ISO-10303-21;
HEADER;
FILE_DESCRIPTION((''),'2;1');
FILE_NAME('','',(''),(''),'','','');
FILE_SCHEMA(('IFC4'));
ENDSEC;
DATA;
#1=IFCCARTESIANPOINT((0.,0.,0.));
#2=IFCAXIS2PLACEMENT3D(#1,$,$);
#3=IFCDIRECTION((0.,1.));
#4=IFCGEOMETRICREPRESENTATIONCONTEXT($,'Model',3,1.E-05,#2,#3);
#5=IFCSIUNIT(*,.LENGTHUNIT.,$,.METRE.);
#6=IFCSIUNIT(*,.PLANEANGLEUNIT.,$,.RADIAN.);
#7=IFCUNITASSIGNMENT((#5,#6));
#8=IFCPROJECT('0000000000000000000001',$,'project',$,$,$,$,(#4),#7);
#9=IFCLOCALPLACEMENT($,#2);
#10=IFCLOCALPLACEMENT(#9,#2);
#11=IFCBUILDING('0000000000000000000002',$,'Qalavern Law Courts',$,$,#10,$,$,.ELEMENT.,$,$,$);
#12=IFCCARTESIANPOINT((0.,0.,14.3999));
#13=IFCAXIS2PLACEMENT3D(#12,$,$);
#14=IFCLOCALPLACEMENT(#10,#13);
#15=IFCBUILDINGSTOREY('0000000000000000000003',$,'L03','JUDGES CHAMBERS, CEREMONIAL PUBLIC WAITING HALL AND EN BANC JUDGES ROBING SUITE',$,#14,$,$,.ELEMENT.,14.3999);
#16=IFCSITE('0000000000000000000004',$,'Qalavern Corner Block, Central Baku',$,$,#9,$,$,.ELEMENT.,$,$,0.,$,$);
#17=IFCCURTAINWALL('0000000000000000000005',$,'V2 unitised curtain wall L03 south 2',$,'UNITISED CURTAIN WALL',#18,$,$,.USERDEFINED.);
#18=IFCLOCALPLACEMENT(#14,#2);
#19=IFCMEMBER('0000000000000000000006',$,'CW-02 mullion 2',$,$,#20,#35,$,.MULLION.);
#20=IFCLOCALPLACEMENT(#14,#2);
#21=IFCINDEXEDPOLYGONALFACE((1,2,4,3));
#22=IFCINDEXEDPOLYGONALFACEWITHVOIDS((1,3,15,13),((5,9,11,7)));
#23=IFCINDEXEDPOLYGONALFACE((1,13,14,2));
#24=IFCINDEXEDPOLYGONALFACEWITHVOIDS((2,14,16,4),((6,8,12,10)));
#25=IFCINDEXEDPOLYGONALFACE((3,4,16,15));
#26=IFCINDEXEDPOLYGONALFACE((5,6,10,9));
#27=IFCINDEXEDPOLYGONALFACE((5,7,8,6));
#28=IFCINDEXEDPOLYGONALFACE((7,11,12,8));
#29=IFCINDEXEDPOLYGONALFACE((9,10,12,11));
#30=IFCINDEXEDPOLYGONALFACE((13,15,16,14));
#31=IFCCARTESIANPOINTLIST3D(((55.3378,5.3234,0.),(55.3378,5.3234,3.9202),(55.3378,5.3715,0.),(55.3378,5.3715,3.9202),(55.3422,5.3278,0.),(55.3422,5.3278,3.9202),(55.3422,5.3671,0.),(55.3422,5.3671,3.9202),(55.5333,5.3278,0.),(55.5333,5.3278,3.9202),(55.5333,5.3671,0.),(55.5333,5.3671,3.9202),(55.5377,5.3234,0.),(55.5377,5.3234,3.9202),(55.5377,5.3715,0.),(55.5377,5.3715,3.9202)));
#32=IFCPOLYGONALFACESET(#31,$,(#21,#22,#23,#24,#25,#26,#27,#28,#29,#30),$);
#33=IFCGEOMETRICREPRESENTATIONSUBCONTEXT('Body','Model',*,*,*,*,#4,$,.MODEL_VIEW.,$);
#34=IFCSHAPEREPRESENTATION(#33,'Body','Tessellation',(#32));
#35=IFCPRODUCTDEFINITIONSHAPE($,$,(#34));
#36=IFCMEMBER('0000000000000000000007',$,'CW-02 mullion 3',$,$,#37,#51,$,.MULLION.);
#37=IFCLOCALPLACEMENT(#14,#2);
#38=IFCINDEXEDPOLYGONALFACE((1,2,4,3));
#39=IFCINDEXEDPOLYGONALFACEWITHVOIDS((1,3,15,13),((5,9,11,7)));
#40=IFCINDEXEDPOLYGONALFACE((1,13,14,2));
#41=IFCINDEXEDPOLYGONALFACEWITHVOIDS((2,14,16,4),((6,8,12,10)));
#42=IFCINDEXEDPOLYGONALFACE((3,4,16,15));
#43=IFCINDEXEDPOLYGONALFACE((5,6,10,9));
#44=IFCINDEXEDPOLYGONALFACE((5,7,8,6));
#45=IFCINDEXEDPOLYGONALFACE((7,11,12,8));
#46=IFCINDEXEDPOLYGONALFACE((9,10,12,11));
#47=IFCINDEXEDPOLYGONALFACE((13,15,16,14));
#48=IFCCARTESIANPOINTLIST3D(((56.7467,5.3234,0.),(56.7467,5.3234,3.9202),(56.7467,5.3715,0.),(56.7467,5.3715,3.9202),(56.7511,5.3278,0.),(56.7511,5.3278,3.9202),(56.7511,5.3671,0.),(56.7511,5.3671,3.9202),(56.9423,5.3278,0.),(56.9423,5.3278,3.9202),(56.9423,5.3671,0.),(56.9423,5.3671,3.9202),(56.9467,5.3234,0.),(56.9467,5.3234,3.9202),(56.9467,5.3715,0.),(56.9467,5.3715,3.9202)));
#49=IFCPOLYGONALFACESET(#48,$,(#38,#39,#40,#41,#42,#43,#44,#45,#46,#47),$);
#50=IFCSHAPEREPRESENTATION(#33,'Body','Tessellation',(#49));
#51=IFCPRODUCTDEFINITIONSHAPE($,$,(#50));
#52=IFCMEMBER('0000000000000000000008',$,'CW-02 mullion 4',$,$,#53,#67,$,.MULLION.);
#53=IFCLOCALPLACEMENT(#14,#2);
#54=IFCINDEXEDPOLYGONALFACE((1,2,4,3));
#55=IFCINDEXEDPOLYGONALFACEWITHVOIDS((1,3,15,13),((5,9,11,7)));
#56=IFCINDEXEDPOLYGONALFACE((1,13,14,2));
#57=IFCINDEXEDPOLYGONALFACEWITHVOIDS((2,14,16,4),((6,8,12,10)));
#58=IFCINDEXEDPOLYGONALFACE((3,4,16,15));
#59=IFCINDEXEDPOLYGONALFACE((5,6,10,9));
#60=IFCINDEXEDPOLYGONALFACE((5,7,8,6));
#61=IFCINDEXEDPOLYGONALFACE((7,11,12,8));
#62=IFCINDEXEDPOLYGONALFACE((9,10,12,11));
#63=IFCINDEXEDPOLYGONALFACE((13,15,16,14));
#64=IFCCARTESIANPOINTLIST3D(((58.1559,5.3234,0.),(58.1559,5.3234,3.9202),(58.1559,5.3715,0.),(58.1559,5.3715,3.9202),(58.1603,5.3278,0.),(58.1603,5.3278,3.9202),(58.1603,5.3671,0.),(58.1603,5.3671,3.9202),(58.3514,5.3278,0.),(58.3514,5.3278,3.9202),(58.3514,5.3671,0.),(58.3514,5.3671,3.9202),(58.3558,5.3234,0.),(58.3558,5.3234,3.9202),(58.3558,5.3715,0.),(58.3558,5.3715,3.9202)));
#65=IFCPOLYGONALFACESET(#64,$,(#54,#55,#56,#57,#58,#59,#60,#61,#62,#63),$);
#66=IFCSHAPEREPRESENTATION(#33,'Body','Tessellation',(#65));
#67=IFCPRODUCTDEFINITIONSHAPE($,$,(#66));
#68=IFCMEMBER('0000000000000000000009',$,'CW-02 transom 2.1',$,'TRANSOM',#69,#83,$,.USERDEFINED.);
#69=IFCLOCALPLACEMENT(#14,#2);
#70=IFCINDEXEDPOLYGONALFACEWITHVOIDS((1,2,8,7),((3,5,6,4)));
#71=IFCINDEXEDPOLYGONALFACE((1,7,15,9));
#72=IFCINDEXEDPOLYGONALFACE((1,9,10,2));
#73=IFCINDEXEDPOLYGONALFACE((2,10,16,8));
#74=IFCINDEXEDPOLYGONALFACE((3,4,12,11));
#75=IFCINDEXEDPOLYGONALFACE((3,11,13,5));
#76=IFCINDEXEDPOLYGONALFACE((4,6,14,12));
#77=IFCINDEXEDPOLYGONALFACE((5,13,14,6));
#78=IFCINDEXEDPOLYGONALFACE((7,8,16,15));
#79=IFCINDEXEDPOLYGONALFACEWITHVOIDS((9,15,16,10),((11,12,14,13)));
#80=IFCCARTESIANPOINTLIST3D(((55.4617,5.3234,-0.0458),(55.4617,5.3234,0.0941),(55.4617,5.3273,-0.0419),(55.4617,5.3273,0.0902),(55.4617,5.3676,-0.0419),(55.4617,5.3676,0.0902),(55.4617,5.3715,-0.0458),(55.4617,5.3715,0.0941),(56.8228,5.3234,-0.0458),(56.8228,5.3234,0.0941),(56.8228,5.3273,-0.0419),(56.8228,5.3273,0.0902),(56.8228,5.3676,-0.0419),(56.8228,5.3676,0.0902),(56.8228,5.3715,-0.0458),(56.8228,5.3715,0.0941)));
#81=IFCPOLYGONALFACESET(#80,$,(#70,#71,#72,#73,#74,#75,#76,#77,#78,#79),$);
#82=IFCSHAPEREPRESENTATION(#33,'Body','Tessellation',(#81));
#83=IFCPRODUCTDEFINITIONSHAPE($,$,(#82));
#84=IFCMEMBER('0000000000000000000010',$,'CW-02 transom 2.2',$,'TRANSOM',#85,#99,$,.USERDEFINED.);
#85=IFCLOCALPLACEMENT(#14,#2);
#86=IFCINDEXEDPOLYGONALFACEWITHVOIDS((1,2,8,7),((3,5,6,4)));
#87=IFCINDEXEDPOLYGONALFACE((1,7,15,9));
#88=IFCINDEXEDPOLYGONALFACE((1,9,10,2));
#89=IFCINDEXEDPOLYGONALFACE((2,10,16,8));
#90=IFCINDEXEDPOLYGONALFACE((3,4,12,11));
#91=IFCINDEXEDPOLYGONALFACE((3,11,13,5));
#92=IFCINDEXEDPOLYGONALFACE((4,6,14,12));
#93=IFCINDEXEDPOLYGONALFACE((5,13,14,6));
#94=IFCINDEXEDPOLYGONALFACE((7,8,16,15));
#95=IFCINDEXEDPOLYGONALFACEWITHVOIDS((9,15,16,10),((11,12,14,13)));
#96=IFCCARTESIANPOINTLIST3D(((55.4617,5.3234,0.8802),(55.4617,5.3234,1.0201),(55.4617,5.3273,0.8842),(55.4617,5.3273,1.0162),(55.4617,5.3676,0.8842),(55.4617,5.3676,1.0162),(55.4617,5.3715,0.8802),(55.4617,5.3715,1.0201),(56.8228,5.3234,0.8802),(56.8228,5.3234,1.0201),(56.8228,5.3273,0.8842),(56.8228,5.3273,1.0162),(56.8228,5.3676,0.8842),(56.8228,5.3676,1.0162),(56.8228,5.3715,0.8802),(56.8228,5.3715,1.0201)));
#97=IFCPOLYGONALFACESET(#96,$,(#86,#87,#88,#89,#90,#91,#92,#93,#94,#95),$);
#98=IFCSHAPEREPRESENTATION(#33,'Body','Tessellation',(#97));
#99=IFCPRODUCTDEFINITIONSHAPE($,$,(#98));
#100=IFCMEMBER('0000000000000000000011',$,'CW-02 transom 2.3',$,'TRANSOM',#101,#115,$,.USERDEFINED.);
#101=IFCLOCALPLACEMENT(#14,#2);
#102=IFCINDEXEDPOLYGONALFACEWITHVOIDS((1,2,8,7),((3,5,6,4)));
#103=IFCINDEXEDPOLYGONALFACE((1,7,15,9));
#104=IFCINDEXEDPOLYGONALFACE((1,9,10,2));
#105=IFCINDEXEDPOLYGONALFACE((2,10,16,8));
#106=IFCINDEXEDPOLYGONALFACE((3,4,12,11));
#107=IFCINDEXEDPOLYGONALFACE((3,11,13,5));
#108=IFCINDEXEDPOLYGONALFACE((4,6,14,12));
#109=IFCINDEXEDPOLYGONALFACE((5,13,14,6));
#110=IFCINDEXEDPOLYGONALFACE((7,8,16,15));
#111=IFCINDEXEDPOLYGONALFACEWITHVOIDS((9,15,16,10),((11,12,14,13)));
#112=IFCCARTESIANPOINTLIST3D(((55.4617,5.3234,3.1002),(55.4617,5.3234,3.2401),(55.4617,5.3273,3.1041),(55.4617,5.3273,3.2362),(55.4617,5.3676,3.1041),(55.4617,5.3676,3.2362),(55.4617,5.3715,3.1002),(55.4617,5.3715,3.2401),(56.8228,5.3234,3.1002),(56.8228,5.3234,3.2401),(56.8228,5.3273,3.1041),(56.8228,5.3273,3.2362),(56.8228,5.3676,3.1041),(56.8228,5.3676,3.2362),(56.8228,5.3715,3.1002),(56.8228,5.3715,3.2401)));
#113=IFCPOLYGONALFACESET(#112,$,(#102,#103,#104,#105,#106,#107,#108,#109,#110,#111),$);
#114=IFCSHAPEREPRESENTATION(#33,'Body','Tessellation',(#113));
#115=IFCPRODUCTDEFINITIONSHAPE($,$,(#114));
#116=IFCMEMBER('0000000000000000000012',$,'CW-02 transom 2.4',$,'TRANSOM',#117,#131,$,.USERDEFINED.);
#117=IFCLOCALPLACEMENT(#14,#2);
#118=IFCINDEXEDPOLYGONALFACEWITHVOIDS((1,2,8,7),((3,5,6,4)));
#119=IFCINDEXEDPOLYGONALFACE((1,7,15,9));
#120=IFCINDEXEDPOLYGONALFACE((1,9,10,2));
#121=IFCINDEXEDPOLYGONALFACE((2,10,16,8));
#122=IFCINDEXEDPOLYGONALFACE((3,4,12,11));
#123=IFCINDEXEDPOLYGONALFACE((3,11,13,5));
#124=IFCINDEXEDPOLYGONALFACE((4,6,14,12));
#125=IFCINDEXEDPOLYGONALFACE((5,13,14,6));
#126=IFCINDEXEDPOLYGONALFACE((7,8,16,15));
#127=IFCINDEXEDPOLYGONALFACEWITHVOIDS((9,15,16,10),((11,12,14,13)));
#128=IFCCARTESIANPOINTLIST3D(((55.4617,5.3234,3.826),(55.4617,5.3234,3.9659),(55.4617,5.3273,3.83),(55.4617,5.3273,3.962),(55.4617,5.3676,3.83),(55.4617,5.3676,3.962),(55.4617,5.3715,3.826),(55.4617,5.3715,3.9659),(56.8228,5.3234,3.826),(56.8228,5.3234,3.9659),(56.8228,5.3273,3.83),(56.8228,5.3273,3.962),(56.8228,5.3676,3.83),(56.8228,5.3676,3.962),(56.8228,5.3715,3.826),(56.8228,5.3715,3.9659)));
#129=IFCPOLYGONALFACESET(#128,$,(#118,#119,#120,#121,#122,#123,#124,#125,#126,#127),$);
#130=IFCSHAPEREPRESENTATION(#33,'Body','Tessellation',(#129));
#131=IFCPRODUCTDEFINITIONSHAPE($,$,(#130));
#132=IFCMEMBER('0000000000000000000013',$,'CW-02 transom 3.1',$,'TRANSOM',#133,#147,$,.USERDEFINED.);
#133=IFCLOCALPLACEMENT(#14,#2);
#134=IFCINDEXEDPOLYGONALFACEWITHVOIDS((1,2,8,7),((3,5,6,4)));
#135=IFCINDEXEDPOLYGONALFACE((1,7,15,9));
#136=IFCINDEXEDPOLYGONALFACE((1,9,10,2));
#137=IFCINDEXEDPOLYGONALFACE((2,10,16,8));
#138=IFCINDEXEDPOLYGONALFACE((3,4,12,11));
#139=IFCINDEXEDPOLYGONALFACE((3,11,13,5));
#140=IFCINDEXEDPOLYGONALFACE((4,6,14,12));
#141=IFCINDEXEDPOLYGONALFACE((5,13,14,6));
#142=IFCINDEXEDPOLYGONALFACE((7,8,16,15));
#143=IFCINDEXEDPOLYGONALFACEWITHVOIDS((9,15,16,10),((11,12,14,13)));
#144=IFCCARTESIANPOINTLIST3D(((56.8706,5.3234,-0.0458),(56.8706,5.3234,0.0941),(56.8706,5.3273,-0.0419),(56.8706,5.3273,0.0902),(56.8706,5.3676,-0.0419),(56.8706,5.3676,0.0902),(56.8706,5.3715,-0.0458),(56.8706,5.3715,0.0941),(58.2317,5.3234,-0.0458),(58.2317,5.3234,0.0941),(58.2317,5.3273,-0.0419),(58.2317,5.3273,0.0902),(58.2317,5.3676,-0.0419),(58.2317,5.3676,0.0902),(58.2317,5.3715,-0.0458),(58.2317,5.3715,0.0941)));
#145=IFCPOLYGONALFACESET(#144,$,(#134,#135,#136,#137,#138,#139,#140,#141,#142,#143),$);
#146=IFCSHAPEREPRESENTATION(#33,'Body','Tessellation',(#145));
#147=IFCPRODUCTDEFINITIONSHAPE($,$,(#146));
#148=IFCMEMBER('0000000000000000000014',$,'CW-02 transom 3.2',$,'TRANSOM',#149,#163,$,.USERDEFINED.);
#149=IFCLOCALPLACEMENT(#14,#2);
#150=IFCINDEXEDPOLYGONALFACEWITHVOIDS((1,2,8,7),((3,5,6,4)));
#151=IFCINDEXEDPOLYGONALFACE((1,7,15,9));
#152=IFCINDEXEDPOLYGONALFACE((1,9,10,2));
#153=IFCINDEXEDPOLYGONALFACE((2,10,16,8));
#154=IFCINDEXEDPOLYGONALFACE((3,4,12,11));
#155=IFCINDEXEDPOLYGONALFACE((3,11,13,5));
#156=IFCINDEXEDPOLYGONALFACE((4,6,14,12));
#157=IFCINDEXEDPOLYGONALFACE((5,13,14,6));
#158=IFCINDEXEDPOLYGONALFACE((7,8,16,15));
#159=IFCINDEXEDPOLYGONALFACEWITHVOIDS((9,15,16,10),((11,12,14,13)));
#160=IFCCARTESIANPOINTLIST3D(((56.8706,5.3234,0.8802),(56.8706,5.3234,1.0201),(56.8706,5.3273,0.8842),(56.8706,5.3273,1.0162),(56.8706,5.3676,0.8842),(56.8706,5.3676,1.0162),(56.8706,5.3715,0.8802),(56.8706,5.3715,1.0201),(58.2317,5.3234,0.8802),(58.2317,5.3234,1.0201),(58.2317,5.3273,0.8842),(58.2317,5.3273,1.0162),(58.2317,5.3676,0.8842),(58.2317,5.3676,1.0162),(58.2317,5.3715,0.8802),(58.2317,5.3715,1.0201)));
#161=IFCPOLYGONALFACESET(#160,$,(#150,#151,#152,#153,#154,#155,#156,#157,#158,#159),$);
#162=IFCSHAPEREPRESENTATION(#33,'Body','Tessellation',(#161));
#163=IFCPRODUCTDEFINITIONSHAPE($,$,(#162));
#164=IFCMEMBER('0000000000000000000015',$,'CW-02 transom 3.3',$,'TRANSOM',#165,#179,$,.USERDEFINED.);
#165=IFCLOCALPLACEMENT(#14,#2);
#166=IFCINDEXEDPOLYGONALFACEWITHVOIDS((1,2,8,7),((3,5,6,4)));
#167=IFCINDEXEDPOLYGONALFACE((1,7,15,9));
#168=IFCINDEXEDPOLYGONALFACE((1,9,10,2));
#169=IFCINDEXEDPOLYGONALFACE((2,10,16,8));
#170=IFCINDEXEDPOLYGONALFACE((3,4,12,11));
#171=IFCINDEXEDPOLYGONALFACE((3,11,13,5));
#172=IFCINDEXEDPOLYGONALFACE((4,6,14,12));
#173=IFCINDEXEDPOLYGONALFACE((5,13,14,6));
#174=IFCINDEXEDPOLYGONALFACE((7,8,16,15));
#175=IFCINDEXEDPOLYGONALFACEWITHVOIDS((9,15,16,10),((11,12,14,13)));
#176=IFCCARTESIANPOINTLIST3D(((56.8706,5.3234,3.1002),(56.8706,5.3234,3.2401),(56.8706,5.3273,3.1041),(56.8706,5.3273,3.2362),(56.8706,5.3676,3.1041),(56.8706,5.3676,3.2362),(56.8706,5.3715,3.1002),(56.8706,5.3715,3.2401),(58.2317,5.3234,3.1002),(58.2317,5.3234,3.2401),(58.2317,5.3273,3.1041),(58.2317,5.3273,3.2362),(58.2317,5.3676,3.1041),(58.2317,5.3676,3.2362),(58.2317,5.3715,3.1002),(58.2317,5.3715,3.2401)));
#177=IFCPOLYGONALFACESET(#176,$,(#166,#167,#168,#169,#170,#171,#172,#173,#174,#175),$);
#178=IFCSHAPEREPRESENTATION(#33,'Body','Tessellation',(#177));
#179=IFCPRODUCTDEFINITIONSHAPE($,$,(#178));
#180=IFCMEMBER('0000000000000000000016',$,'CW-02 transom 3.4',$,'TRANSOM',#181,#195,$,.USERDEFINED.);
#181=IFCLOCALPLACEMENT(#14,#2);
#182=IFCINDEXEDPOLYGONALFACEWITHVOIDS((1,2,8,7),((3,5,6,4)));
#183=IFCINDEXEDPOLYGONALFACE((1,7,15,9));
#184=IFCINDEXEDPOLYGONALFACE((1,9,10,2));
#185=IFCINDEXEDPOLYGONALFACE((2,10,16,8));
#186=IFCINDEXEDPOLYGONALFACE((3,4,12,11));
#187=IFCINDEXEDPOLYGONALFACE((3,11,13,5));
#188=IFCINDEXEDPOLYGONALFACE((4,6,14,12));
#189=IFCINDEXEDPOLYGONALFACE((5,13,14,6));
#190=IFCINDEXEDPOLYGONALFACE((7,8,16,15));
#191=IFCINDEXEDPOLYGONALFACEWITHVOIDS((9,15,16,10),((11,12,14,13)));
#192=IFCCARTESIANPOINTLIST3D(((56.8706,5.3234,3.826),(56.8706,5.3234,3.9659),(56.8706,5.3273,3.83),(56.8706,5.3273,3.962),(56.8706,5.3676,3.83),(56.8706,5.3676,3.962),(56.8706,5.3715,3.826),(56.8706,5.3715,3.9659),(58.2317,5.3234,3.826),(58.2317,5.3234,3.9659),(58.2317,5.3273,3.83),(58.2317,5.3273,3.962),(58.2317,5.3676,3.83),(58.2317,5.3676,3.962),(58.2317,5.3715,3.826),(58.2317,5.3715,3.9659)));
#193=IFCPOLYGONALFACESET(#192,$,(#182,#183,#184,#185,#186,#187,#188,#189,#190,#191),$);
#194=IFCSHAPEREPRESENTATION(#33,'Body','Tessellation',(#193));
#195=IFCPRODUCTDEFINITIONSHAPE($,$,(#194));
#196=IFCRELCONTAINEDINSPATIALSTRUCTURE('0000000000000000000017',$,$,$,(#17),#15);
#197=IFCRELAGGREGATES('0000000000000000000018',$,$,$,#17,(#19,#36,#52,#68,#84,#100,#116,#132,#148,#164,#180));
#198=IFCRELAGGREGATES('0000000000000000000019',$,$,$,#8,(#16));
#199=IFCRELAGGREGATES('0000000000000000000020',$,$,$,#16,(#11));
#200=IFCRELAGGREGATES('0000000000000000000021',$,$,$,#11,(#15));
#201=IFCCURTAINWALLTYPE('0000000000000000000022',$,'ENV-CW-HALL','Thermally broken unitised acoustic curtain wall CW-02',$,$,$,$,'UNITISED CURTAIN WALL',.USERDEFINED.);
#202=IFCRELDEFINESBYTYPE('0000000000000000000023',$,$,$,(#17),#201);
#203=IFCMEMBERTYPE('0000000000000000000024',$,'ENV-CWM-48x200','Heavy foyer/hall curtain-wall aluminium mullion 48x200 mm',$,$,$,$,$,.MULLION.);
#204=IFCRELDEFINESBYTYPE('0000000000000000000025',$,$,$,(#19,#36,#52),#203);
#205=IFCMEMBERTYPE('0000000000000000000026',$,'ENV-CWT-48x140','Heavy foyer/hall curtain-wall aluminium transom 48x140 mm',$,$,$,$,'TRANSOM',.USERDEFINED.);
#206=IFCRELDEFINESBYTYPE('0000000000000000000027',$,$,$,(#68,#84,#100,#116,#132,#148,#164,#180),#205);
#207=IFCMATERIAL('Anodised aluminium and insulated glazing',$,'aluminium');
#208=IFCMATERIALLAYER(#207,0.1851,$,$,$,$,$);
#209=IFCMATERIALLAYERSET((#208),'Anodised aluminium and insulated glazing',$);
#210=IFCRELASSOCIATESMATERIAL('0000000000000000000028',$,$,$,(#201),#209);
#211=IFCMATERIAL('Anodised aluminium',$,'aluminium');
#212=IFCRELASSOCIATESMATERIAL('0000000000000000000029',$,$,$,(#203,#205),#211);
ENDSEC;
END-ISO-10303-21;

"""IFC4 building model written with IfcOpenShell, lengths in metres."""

from ifc_helpers import new_model, si_unit, direction, frame, origin, origin_2d, place, context, subcontext, project, spatial, hollow_rectangle, extrude, material, layer, layer_set, material_profile, profile_set, type_object, element, aggregate, save


model = new_model("IFC4")

# Units and contexts
model_context = context("Model", 3, precision=1e-05, world=origin(), true_north=direction((0.0, 1.0)))
body_context = subcontext(model_context, "Body", "Model", "MODEL_VIEW")
ifc_project = project(units=[si_unit("LENGTHUNIT", "METRE"), si_unit("PLANEANGLEUNIT", "RADIAN")], contexts=[model_context])

# Site, building, storey
site_placement = place(None, origin())
site = spatial("IfcSite", under=ifc_project, at=site_placement, Name="Qalavern Corner Block, Central Baku", CompositionType="ELEMENT", RefElevation=0.0)
building_placement = place(site_placement, origin())
building = spatial("IfcBuilding", under=site, at=building_placement, Name="Qalavern Law Courts", CompositionType="ELEMENT")
storey_placement = place(building_placement, frame((0.0, 0.0, 14.3999)))
storey = spatial("IfcBuildingStorey", under=building, at=storey_placement, Name="L03", Description="JUDGES CHAMBERS, CEREMONIAL PUBLIC WAITING HALL AND EN BANC JUDGES ROBING SUITE", CompositionType="ELEMENT", Elevation=14.3999)

# Curtain wall, members
ifc_material_1 = material(Name="Anodised aluminium and insulated glazing", Category="aluminium")
ifc_layer_1 = layer(ifc_material_1, 0.1851)
ifc_layer_set_1 = layer_set([ifc_layer_1], Name="Anodised aluminium and insulated glazing")
curtain_wall_type = type_object("IfcCurtainWallType", Name="ENV-CW-HALL", Description="Thermally broken unitised acoustic curtain wall CW-02", ElementType="UNITISED CURTAIN WALL", PredefinedType="USERDEFINED", material=ifc_layer_set_1)
curtain_wall_placement = place(storey_placement, origin())
curtain_wall = element("IfcCurtainWall", 1, at=curtain_wall_placement, inside=storey, type_object=curtain_wall_type, Name="V2 unitised curtain wall L03 south 2", ObjectType="UNITISED CURTAIN WALL", PredefinedType="USERDEFINED")
ifc_material_2 = material(Name="Anodised aluminium", Category="aluminium")
ifc_material_profile_1 = material_profile(ifc_material_2, hollow_rectangle(XDim=0.0481, YDim=0.2, WallThickness=0.0044, at=origin_2d()), Name="ALU MULLION 48x200")
ifc_profile_set_1 = profile_set([ifc_material_profile_1], Name="Anodised aluminium")
member_type_1 = type_object("IfcMemberType", Name="ENV-CWM-48x200", Description="Heavy foyer/hall curtain-wall aluminium mullion 48x200 mm", PredefinedType="MULLION", material=ifc_profile_set_1)
member_1_placement = place(storey_placement, frame((55.4377, 5.3474, 0.0), z_axis=(0.0, 0.0, 1.0), x_axis=(0.0, 1.0, 0.0)))
member_1 = element("IfcMember", 2, at=member_1_placement, type_object=member_type_1, Name="CW-02 mullion 2", PredefinedType="MULLION", context=body_context, shape_type="SweptSolid", body=[
    extrude(hollow_rectangle(XDim=0.0481, YDim=0.2, WallThickness=0.0044, at=origin_2d()), origin(), (0.0, 0.0, 1.0), 3.9202),
])
member_2_placement = place(storey_placement, frame((56.8467, 5.3474, 0.0), z_axis=(0.0, 0.0, 1.0), x_axis=(0.0, 1.0, 0.0)))
member_2 = element("IfcMember", 3, at=member_2_placement, type_object=member_type_1, Name="CW-02 mullion 3", PredefinedType="MULLION", context=body_context, shape_type="SweptSolid", body=[
    extrude(hollow_rectangle(XDim=0.0481, YDim=0.2, WallThickness=0.0044, at=origin_2d()), origin(), (0.0, 0.0, 1.0), 3.9202),
])
member_3_placement = place(storey_placement, frame((58.2559, 5.3474, 0.0), z_axis=(0.0, 0.0, 1.0), x_axis=(0.0, 1.0, 0.0)))
member_3 = element("IfcMember", 4, at=member_3_placement, type_object=member_type_1, Name="CW-02 mullion 4", PredefinedType="MULLION", context=body_context, shape_type="SweptSolid", body=[
    extrude(hollow_rectangle(XDim=0.0481, YDim=0.2, WallThickness=0.0044, at=origin_2d()), origin(), (0.0, 0.0, 1.0), 3.9202),
])
ifc_material_profile_2 = material_profile(ifc_material_2, hollow_rectangle(XDim=0.0481, YDim=0.1399, WallThickness=0.0039, at=origin_2d()), Name="ALU TRANSOM 48x140")
ifc_profile_set_2 = profile_set([ifc_material_profile_2], Name="Anodised aluminium")
member_type_2 = type_object("IfcMemberType", Name="ENV-CWT-48x140", Description="Heavy foyer/hall curtain-wall aluminium transom 48x140 mm", ElementType="TRANSOM", PredefinedType="USERDEFINED", material=ifc_profile_set_2)
member_4_placement = place(storey_placement, frame((55.4617, 5.3474, 0.0242), z_axis=(1.0, 0.0, 0.0), x_axis=(0.0, 1.0, 0.0)))
member_4 = element("IfcMember", 5, at=member_4_placement, type_object=member_type_2, Name="CW-02 transom 2.1", ObjectType="TRANSOM", PredefinedType="USERDEFINED", context=body_context, shape_type="SweptSolid", body=[
    extrude(hollow_rectangle(XDim=0.0481, YDim=0.1399, WallThickness=0.0039, at=origin_2d()), origin(), (0.0, 0.0, 1.0), 1.3611),
])
member_5_placement = place(storey_placement, frame((55.4617, 5.3474, 0.9502), z_axis=(1.0, 0.0, 0.0), x_axis=(0.0, 1.0, 0.0)))
member_5 = element("IfcMember", 6, at=member_5_placement, type_object=member_type_2, Name="CW-02 transom 2.2", ObjectType="TRANSOM", PredefinedType="USERDEFINED", context=body_context, shape_type="SweptSolid", body=[
    extrude(hollow_rectangle(XDim=0.0481, YDim=0.1399, WallThickness=0.0039, at=origin_2d()), origin(), (0.0, 0.0, 1.0), 1.3611),
])
member_6_placement = place(storey_placement, frame((55.4617, 5.3474, 3.1702), z_axis=(1.0, 0.0, 0.0), x_axis=(0.0, 1.0, 0.0)))
member_6 = element("IfcMember", 7, at=member_6_placement, type_object=member_type_2, Name="CW-02 transom 2.3", ObjectType="TRANSOM", PredefinedType="USERDEFINED", context=body_context, shape_type="SweptSolid", body=[
    extrude(hollow_rectangle(XDim=0.0481, YDim=0.1399, WallThickness=0.0039, at=origin_2d()), origin(), (0.0, 0.0, 1.0), 1.3611),
])
member_7_placement = place(storey_placement, frame((55.4617, 5.3474, 3.896), z_axis=(1.0, 0.0, 0.0), x_axis=(0.0, 1.0, 0.0)))
member_7 = element("IfcMember", 8, at=member_7_placement, type_object=member_type_2, Name="CW-02 transom 2.4", ObjectType="TRANSOM", PredefinedType="USERDEFINED", context=body_context, shape_type="SweptSolid", body=[
    extrude(hollow_rectangle(XDim=0.0481, YDim=0.1399, WallThickness=0.0039, at=origin_2d()), origin(), (0.0, 0.0, 1.0), 1.3611),
])
member_8_placement = place(storey_placement, frame((56.8706, 5.3474, 0.0242), z_axis=(1.0, 0.0, 0.0), x_axis=(0.0, 1.0, 0.0)))
member_8 = element("IfcMember", 9, at=member_8_placement, type_object=member_type_2, Name="CW-02 transom 3.1", ObjectType="TRANSOM", PredefinedType="USERDEFINED", context=body_context, shape_type="SweptSolid", body=[
    extrude(hollow_rectangle(XDim=0.0481, YDim=0.1399, WallThickness=0.0039, at=origin_2d()), origin(), (0.0, 0.0, 1.0), 1.3611),
])
member_9_placement = place(storey_placement, frame((56.8706, 5.3474, 0.9502), z_axis=(1.0, 0.0, 0.0), x_axis=(0.0, 1.0, 0.0)))
member_9 = element("IfcMember", 10, at=member_9_placement, type_object=member_type_2, Name="CW-02 transom 3.2", ObjectType="TRANSOM", PredefinedType="USERDEFINED", context=body_context, shape_type="SweptSolid", body=[
    extrude(hollow_rectangle(XDim=0.0481, YDim=0.1399, WallThickness=0.0039, at=origin_2d()), origin(), (0.0, 0.0, 1.0), 1.3611),
])
member_10_placement = place(storey_placement, frame((56.8706, 5.3474, 3.1702), z_axis=(1.0, 0.0, 0.0), x_axis=(0.0, 1.0, 0.0)))
member_10 = element("IfcMember", 11, at=member_10_placement, type_object=member_type_2, Name="CW-02 transom 3.3", ObjectType="TRANSOM", PredefinedType="USERDEFINED", context=body_context, shape_type="SweptSolid", body=[
    extrude(hollow_rectangle(XDim=0.0481, YDim=0.1399, WallThickness=0.0039, at=origin_2d()), origin(), (0.0, 0.0, 1.0), 1.3611),
])
member_11_placement = place(storey_placement, frame((56.8706, 5.3474, 3.896), z_axis=(1.0, 0.0, 0.0), x_axis=(0.0, 1.0, 0.0)))
member_11 = element("IfcMember", 12, at=member_11_placement, type_object=member_type_2, Name="CW-02 transom 3.4", ObjectType="TRANSOM", PredefinedType="USERDEFINED", context=body_context, shape_type="SweptSolid", body=[
    extrude(hollow_rectangle(XDim=0.0481, YDim=0.1399, WallThickness=0.0039, at=origin_2d()), origin(), (0.0, 0.0, 1.0), 1.3611),
])
aggregate(curtain_wall, [member_1, member_2, member_3, member_4, member_5, member_6, member_7, member_8, member_9, member_10, member_11])

save(model, "model.ifc")
